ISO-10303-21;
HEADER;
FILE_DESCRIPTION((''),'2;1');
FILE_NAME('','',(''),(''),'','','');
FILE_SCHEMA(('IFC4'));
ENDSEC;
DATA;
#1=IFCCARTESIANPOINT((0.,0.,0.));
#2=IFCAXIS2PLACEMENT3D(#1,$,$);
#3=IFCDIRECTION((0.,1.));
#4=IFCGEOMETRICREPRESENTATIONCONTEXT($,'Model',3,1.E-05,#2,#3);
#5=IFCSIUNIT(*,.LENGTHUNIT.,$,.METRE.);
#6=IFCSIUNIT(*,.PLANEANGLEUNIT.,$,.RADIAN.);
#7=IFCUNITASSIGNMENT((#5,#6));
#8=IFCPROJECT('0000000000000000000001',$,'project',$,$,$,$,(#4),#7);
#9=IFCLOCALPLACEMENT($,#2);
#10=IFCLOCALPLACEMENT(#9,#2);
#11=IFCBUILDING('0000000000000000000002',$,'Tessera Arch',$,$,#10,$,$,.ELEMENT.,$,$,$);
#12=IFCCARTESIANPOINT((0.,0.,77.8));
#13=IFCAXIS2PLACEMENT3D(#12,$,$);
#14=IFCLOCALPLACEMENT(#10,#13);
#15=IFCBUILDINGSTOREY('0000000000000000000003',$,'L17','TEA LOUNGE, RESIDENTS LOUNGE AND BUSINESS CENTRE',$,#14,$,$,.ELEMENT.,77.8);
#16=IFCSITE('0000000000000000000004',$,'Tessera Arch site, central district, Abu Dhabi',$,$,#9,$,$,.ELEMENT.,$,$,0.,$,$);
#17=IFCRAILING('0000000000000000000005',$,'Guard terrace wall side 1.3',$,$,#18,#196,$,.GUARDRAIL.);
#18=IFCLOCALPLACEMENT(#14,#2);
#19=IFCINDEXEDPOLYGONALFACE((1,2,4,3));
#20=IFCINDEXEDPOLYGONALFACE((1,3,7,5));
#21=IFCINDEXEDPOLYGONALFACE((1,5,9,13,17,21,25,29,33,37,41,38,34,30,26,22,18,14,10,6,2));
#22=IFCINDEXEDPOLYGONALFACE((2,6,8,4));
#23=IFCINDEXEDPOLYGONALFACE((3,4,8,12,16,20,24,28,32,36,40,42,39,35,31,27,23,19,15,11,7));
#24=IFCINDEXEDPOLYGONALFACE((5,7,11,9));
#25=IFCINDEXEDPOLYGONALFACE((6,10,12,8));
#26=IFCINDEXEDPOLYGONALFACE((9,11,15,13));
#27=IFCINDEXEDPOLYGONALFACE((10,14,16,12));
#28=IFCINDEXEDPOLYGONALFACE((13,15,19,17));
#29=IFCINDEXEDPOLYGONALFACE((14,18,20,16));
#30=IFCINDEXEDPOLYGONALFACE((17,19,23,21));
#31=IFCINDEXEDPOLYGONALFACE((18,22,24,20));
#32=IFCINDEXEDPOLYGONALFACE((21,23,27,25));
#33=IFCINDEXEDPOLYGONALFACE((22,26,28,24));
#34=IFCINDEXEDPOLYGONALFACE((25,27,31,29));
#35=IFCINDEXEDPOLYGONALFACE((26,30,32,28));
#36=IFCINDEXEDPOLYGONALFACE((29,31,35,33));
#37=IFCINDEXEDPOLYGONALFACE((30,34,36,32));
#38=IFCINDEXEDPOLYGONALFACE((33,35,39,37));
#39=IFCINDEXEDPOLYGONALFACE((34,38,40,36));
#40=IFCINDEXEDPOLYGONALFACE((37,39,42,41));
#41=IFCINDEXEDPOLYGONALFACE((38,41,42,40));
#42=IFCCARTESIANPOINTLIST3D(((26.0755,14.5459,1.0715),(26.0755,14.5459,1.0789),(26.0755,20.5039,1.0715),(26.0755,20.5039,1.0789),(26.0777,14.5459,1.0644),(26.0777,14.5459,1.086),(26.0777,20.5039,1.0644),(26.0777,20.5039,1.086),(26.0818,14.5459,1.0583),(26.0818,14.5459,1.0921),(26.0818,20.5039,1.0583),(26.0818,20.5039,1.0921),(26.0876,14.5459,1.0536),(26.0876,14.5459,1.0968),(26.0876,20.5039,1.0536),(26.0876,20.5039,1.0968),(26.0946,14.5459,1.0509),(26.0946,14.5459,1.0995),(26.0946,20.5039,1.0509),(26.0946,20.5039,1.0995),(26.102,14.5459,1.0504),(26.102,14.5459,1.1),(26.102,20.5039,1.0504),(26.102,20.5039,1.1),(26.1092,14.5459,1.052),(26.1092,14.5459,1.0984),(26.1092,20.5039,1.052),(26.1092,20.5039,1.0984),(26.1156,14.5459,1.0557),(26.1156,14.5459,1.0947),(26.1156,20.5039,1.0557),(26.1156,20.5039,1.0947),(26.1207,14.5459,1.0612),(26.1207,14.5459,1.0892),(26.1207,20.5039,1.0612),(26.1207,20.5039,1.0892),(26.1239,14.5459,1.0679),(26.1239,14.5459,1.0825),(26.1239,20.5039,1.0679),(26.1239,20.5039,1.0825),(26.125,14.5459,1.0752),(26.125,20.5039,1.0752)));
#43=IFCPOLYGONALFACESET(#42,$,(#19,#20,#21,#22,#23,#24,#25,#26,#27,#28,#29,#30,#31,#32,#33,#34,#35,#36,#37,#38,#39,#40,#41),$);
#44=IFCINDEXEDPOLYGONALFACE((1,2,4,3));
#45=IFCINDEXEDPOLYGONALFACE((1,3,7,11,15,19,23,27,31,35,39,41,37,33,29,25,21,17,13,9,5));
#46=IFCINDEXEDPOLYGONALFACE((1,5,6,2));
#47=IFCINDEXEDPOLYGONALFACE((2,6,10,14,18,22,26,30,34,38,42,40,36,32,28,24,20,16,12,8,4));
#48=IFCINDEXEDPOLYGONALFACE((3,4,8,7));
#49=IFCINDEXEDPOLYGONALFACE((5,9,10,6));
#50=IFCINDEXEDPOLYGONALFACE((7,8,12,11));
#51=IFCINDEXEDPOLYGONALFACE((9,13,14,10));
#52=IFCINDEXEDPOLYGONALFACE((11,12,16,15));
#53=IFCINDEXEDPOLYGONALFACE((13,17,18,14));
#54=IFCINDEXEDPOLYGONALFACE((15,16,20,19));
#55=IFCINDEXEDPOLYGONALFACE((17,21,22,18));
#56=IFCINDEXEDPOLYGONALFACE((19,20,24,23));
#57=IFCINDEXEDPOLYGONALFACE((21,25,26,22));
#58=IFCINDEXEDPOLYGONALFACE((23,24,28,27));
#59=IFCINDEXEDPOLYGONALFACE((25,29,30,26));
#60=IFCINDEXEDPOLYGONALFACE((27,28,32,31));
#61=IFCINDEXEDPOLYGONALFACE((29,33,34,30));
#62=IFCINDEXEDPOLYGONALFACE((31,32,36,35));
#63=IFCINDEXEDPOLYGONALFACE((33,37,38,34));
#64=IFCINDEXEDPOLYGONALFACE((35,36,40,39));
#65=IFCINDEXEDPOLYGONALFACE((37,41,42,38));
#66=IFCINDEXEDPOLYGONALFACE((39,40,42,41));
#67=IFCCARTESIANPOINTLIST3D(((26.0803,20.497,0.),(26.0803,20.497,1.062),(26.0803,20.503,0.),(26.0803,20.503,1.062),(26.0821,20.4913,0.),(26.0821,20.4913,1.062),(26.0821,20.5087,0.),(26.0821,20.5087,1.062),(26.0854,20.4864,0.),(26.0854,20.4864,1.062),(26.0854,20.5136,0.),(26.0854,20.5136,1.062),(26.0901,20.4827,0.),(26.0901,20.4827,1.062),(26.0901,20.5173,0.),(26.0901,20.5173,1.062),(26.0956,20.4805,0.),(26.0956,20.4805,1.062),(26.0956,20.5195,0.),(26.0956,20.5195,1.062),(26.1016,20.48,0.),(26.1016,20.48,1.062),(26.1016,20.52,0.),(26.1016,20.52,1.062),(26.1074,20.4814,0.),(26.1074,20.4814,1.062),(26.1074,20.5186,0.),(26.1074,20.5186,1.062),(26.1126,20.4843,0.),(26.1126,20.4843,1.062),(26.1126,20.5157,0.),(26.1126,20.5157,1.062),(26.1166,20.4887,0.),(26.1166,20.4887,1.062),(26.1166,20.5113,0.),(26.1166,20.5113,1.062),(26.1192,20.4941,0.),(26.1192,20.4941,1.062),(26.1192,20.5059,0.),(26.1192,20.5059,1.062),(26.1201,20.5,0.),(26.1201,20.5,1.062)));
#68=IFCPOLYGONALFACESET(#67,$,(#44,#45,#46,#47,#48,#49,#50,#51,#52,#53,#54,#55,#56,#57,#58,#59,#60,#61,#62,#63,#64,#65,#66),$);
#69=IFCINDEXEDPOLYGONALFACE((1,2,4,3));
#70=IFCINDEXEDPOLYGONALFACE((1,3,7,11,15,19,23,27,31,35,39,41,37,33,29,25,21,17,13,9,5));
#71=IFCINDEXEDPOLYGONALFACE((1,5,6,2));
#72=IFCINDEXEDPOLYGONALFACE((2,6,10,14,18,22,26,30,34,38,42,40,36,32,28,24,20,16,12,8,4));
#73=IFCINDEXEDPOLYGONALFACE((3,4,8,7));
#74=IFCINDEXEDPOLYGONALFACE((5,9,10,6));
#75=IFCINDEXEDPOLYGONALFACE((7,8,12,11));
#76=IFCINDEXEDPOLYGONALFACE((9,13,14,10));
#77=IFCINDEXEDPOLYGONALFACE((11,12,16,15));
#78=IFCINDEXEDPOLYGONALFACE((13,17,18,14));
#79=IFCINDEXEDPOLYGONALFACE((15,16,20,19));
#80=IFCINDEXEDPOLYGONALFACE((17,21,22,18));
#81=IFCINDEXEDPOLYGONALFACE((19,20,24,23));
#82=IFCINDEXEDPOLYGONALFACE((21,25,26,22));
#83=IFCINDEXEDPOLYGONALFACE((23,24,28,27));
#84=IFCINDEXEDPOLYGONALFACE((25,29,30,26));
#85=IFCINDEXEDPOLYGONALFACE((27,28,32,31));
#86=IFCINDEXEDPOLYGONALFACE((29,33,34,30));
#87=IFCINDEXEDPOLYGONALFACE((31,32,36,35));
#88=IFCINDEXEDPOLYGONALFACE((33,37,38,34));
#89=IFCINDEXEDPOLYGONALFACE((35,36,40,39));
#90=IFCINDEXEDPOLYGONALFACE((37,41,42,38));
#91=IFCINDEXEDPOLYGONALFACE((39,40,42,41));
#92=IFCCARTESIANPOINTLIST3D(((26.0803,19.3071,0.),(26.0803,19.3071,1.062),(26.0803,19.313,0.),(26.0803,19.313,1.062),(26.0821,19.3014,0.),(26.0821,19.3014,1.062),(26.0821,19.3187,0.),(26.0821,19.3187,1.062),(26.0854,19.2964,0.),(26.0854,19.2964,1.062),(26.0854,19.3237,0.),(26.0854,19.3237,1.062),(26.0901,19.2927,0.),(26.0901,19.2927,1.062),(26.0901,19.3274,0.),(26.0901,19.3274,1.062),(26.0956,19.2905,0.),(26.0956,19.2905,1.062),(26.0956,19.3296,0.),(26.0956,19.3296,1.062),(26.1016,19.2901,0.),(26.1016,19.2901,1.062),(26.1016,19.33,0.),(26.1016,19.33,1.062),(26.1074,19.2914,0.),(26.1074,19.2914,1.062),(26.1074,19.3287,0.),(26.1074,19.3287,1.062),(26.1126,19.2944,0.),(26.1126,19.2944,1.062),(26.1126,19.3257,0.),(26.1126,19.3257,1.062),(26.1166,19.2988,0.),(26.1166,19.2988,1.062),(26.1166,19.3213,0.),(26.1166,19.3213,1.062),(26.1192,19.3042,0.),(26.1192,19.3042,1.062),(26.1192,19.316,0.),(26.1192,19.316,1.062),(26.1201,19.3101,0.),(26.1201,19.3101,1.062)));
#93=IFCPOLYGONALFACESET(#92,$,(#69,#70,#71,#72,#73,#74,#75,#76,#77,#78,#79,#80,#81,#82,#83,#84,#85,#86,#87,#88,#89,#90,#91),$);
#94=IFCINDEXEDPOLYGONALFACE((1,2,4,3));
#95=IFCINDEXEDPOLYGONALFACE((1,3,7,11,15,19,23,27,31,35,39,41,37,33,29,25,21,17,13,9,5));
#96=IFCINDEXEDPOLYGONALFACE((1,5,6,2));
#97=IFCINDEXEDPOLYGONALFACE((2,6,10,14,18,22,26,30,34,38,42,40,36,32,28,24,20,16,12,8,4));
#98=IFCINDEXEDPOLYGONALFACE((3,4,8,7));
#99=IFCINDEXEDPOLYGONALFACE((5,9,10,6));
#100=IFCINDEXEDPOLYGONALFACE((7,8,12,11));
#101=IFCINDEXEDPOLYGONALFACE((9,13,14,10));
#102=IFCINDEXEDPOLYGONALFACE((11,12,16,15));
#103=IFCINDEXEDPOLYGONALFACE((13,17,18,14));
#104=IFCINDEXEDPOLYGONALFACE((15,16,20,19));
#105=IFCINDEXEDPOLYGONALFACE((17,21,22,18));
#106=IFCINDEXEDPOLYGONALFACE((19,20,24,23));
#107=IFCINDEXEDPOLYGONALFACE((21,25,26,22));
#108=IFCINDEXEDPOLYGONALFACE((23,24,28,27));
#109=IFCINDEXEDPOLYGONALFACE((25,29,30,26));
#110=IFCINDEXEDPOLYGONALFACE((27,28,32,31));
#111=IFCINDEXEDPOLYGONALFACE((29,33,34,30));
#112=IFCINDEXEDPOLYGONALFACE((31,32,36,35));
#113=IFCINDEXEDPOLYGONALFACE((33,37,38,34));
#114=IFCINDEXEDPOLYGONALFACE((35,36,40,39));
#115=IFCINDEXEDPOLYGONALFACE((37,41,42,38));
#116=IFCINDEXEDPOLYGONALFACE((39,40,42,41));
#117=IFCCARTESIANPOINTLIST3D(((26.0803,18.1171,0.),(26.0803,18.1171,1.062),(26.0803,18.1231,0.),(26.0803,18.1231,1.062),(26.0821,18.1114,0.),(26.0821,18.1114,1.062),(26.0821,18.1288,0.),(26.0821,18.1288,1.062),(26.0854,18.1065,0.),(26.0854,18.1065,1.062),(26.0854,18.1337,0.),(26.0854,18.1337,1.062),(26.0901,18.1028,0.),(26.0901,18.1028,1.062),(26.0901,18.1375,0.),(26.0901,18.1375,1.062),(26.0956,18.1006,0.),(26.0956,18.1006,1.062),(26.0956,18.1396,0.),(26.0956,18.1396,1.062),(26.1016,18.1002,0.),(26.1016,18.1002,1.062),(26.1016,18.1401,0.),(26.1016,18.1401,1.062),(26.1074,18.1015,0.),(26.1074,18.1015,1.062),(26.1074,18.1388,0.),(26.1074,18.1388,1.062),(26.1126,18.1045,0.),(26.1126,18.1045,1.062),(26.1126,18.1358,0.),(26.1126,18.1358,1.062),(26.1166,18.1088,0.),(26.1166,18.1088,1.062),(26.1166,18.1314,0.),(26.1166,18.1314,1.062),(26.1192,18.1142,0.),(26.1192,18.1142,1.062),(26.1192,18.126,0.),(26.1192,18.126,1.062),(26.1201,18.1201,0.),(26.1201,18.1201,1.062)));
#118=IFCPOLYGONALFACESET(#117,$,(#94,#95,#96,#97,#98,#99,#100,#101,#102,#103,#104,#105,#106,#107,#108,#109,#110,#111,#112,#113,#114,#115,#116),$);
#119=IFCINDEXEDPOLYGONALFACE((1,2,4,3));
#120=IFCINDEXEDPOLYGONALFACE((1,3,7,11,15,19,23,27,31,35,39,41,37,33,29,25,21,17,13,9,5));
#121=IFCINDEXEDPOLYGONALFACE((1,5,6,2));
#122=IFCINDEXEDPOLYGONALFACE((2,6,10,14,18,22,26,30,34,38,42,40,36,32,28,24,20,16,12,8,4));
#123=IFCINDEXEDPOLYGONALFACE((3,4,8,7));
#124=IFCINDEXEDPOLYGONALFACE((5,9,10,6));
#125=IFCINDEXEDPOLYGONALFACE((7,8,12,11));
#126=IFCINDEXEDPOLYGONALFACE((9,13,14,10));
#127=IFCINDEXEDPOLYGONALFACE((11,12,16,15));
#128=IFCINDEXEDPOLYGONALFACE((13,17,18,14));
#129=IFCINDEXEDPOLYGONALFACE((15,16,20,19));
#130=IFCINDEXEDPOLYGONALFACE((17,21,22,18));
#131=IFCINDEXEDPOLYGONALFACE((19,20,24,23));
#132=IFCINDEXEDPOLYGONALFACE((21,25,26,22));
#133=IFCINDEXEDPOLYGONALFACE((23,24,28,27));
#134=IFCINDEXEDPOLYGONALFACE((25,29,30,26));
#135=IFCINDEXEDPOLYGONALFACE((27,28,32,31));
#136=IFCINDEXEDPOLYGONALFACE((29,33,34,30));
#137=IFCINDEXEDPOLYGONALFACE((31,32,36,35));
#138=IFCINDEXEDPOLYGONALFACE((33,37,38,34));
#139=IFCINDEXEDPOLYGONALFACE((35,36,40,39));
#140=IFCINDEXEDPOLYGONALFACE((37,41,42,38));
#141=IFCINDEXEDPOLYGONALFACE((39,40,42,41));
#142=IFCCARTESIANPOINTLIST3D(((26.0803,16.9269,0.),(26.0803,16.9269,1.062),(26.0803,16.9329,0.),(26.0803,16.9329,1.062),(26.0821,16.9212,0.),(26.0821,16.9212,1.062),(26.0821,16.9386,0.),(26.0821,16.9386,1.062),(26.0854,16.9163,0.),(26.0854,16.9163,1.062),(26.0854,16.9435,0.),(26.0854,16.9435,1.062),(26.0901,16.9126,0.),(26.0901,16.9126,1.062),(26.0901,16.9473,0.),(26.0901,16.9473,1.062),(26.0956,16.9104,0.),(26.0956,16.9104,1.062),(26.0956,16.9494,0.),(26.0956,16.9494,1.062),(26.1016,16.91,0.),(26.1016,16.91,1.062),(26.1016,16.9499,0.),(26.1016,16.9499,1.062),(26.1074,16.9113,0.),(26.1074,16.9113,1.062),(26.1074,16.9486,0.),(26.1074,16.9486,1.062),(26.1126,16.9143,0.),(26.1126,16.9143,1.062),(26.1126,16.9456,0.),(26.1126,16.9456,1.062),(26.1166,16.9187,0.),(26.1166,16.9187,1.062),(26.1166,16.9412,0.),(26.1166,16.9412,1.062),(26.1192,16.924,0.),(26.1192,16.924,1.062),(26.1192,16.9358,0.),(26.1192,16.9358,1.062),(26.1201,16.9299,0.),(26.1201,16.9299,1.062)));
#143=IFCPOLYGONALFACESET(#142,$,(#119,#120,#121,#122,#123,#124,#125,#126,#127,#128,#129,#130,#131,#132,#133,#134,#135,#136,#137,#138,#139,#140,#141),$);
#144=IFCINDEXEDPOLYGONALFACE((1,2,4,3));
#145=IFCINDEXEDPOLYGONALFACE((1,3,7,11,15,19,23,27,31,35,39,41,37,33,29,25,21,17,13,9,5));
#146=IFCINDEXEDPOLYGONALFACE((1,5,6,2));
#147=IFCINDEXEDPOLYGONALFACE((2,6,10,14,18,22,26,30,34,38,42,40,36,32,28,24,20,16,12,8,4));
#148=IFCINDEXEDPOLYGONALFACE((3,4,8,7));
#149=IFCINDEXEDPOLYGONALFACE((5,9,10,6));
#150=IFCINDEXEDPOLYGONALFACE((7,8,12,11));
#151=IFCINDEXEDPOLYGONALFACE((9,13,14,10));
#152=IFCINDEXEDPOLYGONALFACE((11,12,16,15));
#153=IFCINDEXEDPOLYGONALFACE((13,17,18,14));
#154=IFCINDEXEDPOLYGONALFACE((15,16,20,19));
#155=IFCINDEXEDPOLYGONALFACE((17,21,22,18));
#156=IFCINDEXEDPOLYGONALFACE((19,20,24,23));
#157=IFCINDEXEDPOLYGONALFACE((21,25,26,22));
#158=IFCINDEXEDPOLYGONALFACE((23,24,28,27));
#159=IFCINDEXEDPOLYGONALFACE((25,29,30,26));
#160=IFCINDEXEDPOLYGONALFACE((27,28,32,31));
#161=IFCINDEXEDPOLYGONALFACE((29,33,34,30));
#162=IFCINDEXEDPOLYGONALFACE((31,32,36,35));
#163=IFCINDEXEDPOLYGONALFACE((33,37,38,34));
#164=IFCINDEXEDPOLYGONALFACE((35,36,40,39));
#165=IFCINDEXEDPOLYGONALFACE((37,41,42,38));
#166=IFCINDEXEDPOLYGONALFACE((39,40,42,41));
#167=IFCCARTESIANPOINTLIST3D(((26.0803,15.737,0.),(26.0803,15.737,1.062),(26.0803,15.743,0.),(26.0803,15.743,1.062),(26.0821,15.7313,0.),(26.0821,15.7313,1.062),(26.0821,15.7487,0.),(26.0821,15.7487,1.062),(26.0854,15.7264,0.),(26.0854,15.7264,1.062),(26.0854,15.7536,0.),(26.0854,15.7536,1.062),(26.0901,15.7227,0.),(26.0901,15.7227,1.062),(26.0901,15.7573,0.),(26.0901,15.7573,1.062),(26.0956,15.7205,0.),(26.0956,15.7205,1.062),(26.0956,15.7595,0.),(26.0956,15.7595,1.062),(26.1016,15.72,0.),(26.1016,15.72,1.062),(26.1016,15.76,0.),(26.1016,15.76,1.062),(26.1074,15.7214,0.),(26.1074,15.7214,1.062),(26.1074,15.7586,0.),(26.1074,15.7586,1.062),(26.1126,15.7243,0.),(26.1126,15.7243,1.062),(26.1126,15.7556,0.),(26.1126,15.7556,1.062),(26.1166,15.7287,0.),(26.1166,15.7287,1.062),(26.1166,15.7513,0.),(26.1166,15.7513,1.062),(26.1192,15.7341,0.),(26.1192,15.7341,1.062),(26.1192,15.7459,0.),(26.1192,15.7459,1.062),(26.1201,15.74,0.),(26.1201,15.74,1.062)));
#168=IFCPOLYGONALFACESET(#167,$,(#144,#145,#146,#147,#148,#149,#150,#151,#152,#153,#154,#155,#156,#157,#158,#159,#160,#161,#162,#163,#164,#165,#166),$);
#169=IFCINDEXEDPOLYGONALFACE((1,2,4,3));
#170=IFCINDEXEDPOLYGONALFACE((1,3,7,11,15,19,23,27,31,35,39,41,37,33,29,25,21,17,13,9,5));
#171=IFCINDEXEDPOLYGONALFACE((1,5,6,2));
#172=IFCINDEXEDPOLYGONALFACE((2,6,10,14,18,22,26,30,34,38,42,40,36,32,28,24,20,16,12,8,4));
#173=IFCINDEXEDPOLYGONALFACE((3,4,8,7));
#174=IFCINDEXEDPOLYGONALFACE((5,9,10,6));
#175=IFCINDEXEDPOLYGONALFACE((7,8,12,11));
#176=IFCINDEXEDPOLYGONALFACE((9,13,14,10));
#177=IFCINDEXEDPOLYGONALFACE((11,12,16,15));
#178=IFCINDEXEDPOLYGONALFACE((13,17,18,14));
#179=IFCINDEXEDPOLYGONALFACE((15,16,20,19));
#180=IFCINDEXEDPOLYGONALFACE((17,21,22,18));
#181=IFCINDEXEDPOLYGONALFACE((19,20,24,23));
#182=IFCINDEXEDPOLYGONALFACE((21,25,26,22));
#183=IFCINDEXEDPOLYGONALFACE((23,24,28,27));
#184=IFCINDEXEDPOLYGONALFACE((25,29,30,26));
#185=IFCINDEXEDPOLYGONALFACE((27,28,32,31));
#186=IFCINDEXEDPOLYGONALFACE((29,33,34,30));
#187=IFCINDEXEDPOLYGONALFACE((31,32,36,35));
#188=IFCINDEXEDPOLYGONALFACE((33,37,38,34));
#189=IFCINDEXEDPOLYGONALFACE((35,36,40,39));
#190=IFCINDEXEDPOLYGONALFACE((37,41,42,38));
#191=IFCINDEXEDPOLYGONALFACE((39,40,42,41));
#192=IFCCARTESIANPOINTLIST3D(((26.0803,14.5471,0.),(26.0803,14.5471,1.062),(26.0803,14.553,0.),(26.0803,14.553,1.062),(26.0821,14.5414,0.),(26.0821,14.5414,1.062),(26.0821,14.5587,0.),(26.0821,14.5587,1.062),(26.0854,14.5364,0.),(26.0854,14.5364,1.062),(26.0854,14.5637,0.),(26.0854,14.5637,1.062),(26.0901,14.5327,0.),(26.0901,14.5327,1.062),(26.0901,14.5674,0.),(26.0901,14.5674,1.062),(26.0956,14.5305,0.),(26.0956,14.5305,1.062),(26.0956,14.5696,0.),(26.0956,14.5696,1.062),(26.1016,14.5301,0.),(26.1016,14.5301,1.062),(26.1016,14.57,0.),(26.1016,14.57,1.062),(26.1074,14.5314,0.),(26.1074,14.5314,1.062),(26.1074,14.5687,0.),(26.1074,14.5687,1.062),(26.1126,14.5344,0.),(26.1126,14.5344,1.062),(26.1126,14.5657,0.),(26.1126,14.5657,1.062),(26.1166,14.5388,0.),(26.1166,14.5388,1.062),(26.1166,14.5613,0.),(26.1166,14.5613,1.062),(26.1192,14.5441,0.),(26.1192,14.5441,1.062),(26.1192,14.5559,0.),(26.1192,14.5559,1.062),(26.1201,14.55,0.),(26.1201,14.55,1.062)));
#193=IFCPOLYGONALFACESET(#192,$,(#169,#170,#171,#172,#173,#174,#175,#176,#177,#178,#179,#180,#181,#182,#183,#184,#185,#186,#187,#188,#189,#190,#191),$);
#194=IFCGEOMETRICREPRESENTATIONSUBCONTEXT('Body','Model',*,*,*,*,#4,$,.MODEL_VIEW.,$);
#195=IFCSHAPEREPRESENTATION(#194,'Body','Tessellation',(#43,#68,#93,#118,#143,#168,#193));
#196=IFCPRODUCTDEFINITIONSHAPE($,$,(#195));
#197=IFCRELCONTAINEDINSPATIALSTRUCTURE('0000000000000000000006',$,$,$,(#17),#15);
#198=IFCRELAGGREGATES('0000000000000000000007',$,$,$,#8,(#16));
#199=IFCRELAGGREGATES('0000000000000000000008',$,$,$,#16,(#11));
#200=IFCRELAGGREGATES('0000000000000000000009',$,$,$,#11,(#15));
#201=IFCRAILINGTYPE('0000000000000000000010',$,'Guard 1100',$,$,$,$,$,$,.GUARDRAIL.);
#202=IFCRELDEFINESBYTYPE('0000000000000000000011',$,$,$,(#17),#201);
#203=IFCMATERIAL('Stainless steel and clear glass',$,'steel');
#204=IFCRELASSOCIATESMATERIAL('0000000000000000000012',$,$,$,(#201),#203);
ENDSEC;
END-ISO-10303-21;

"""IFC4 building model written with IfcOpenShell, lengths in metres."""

from ifc_helpers import new_model, si_unit, direction, frame, origin, origin_2d, place, context, subcontext, project, spatial, circle, extrude, material, type_object, element, save


model = new_model("IFC4")

# Units and contexts
model_context = context("Model", 3, precision=1e-05, world=origin(), true_north=direction((0.0, 1.0)))
body_context = subcontext(model_context, "Body", "Model", "MODEL_VIEW")
ifc_project = project(units=[si_unit("LENGTHUNIT", "METRE"), si_unit("PLANEANGLEUNIT", "RADIAN")], contexts=[model_context])

# Site, building, storey
site_placement = place(None, origin())
site = spatial("IfcSite", under=ifc_project, at=site_placement, Name="Tessera Arch site, central district, Abu Dhabi", CompositionType="ELEMENT", RefElevation=0.0)
building_placement = place(site_placement, origin())
building = spatial("IfcBuilding", under=site, at=building_placement, Name="Tessera Arch", CompositionType="ELEMENT")
storey_placement = place(building_placement, frame((0.0, 0.0, 77.8)))
storey = spatial("IfcBuildingStorey", under=building, at=storey_placement, Name="L17", Description="TEA LOUNGE, RESIDENTS LOUNGE AND BUSINESS CENTRE", CompositionType="ELEMENT", Elevation=77.8)

# Railing
ifc_material_1 = material(Name="Stainless steel and clear glass", Category="steel")
railing_type = type_object("IfcRailingType", Name="Guard 1100", PredefinedType="GUARDRAIL", material=ifc_material_1)
railing_placement = place(storey_placement, frame((26.1001, 20.5, 0.0)))
element("IfcRailing", 1, at=railing_placement, inside=storey, type_object=railing_type, Name="Guard terrace wall side 1.3", PredefinedType="GUARDRAIL", context=body_context, shape_type="SweptSolid", body=[
    extrude(circle(Radius=0.0249, at=origin_2d()), frame((0.0, 0.0039, 1.0752), z_axis=(0.0, -1.0, 0.0), x_axis=(1.0, 0.0, 0.0)), (0.0, 0.0, 1.0), 5.958),
    extrude(circle(Radius=0.02, at=origin_2d()), origin(), (0.0, 0.0, 1.0), 1.062),
    extrude(circle(Radius=0.02, at=origin_2d()), frame((0.0, -1.1899, 0.0)), (0.0, 0.0, 1.0), 1.062),
    extrude(circle(Radius=0.02, at=origin_2d()), frame((0.0, -2.3799, 0.0)), (0.0, 0.0, 1.0), 1.062),
    extrude(circle(Radius=0.02, at=origin_2d()), frame((0.0, -3.5701, 0.0)), (0.0, 0.0, 1.0), 1.062),
    extrude(circle(Radius=0.02, at=origin_2d()), frame((0.0, -4.76, 0.0)), (0.0, 0.0, 1.0), 1.062),
    extrude(circle(Radius=0.02, at=origin_2d()), frame((0.0, -5.95, 0.0)), (0.0, 0.0, 1.0), 1.062),
])

save(model, "model.ifc")
